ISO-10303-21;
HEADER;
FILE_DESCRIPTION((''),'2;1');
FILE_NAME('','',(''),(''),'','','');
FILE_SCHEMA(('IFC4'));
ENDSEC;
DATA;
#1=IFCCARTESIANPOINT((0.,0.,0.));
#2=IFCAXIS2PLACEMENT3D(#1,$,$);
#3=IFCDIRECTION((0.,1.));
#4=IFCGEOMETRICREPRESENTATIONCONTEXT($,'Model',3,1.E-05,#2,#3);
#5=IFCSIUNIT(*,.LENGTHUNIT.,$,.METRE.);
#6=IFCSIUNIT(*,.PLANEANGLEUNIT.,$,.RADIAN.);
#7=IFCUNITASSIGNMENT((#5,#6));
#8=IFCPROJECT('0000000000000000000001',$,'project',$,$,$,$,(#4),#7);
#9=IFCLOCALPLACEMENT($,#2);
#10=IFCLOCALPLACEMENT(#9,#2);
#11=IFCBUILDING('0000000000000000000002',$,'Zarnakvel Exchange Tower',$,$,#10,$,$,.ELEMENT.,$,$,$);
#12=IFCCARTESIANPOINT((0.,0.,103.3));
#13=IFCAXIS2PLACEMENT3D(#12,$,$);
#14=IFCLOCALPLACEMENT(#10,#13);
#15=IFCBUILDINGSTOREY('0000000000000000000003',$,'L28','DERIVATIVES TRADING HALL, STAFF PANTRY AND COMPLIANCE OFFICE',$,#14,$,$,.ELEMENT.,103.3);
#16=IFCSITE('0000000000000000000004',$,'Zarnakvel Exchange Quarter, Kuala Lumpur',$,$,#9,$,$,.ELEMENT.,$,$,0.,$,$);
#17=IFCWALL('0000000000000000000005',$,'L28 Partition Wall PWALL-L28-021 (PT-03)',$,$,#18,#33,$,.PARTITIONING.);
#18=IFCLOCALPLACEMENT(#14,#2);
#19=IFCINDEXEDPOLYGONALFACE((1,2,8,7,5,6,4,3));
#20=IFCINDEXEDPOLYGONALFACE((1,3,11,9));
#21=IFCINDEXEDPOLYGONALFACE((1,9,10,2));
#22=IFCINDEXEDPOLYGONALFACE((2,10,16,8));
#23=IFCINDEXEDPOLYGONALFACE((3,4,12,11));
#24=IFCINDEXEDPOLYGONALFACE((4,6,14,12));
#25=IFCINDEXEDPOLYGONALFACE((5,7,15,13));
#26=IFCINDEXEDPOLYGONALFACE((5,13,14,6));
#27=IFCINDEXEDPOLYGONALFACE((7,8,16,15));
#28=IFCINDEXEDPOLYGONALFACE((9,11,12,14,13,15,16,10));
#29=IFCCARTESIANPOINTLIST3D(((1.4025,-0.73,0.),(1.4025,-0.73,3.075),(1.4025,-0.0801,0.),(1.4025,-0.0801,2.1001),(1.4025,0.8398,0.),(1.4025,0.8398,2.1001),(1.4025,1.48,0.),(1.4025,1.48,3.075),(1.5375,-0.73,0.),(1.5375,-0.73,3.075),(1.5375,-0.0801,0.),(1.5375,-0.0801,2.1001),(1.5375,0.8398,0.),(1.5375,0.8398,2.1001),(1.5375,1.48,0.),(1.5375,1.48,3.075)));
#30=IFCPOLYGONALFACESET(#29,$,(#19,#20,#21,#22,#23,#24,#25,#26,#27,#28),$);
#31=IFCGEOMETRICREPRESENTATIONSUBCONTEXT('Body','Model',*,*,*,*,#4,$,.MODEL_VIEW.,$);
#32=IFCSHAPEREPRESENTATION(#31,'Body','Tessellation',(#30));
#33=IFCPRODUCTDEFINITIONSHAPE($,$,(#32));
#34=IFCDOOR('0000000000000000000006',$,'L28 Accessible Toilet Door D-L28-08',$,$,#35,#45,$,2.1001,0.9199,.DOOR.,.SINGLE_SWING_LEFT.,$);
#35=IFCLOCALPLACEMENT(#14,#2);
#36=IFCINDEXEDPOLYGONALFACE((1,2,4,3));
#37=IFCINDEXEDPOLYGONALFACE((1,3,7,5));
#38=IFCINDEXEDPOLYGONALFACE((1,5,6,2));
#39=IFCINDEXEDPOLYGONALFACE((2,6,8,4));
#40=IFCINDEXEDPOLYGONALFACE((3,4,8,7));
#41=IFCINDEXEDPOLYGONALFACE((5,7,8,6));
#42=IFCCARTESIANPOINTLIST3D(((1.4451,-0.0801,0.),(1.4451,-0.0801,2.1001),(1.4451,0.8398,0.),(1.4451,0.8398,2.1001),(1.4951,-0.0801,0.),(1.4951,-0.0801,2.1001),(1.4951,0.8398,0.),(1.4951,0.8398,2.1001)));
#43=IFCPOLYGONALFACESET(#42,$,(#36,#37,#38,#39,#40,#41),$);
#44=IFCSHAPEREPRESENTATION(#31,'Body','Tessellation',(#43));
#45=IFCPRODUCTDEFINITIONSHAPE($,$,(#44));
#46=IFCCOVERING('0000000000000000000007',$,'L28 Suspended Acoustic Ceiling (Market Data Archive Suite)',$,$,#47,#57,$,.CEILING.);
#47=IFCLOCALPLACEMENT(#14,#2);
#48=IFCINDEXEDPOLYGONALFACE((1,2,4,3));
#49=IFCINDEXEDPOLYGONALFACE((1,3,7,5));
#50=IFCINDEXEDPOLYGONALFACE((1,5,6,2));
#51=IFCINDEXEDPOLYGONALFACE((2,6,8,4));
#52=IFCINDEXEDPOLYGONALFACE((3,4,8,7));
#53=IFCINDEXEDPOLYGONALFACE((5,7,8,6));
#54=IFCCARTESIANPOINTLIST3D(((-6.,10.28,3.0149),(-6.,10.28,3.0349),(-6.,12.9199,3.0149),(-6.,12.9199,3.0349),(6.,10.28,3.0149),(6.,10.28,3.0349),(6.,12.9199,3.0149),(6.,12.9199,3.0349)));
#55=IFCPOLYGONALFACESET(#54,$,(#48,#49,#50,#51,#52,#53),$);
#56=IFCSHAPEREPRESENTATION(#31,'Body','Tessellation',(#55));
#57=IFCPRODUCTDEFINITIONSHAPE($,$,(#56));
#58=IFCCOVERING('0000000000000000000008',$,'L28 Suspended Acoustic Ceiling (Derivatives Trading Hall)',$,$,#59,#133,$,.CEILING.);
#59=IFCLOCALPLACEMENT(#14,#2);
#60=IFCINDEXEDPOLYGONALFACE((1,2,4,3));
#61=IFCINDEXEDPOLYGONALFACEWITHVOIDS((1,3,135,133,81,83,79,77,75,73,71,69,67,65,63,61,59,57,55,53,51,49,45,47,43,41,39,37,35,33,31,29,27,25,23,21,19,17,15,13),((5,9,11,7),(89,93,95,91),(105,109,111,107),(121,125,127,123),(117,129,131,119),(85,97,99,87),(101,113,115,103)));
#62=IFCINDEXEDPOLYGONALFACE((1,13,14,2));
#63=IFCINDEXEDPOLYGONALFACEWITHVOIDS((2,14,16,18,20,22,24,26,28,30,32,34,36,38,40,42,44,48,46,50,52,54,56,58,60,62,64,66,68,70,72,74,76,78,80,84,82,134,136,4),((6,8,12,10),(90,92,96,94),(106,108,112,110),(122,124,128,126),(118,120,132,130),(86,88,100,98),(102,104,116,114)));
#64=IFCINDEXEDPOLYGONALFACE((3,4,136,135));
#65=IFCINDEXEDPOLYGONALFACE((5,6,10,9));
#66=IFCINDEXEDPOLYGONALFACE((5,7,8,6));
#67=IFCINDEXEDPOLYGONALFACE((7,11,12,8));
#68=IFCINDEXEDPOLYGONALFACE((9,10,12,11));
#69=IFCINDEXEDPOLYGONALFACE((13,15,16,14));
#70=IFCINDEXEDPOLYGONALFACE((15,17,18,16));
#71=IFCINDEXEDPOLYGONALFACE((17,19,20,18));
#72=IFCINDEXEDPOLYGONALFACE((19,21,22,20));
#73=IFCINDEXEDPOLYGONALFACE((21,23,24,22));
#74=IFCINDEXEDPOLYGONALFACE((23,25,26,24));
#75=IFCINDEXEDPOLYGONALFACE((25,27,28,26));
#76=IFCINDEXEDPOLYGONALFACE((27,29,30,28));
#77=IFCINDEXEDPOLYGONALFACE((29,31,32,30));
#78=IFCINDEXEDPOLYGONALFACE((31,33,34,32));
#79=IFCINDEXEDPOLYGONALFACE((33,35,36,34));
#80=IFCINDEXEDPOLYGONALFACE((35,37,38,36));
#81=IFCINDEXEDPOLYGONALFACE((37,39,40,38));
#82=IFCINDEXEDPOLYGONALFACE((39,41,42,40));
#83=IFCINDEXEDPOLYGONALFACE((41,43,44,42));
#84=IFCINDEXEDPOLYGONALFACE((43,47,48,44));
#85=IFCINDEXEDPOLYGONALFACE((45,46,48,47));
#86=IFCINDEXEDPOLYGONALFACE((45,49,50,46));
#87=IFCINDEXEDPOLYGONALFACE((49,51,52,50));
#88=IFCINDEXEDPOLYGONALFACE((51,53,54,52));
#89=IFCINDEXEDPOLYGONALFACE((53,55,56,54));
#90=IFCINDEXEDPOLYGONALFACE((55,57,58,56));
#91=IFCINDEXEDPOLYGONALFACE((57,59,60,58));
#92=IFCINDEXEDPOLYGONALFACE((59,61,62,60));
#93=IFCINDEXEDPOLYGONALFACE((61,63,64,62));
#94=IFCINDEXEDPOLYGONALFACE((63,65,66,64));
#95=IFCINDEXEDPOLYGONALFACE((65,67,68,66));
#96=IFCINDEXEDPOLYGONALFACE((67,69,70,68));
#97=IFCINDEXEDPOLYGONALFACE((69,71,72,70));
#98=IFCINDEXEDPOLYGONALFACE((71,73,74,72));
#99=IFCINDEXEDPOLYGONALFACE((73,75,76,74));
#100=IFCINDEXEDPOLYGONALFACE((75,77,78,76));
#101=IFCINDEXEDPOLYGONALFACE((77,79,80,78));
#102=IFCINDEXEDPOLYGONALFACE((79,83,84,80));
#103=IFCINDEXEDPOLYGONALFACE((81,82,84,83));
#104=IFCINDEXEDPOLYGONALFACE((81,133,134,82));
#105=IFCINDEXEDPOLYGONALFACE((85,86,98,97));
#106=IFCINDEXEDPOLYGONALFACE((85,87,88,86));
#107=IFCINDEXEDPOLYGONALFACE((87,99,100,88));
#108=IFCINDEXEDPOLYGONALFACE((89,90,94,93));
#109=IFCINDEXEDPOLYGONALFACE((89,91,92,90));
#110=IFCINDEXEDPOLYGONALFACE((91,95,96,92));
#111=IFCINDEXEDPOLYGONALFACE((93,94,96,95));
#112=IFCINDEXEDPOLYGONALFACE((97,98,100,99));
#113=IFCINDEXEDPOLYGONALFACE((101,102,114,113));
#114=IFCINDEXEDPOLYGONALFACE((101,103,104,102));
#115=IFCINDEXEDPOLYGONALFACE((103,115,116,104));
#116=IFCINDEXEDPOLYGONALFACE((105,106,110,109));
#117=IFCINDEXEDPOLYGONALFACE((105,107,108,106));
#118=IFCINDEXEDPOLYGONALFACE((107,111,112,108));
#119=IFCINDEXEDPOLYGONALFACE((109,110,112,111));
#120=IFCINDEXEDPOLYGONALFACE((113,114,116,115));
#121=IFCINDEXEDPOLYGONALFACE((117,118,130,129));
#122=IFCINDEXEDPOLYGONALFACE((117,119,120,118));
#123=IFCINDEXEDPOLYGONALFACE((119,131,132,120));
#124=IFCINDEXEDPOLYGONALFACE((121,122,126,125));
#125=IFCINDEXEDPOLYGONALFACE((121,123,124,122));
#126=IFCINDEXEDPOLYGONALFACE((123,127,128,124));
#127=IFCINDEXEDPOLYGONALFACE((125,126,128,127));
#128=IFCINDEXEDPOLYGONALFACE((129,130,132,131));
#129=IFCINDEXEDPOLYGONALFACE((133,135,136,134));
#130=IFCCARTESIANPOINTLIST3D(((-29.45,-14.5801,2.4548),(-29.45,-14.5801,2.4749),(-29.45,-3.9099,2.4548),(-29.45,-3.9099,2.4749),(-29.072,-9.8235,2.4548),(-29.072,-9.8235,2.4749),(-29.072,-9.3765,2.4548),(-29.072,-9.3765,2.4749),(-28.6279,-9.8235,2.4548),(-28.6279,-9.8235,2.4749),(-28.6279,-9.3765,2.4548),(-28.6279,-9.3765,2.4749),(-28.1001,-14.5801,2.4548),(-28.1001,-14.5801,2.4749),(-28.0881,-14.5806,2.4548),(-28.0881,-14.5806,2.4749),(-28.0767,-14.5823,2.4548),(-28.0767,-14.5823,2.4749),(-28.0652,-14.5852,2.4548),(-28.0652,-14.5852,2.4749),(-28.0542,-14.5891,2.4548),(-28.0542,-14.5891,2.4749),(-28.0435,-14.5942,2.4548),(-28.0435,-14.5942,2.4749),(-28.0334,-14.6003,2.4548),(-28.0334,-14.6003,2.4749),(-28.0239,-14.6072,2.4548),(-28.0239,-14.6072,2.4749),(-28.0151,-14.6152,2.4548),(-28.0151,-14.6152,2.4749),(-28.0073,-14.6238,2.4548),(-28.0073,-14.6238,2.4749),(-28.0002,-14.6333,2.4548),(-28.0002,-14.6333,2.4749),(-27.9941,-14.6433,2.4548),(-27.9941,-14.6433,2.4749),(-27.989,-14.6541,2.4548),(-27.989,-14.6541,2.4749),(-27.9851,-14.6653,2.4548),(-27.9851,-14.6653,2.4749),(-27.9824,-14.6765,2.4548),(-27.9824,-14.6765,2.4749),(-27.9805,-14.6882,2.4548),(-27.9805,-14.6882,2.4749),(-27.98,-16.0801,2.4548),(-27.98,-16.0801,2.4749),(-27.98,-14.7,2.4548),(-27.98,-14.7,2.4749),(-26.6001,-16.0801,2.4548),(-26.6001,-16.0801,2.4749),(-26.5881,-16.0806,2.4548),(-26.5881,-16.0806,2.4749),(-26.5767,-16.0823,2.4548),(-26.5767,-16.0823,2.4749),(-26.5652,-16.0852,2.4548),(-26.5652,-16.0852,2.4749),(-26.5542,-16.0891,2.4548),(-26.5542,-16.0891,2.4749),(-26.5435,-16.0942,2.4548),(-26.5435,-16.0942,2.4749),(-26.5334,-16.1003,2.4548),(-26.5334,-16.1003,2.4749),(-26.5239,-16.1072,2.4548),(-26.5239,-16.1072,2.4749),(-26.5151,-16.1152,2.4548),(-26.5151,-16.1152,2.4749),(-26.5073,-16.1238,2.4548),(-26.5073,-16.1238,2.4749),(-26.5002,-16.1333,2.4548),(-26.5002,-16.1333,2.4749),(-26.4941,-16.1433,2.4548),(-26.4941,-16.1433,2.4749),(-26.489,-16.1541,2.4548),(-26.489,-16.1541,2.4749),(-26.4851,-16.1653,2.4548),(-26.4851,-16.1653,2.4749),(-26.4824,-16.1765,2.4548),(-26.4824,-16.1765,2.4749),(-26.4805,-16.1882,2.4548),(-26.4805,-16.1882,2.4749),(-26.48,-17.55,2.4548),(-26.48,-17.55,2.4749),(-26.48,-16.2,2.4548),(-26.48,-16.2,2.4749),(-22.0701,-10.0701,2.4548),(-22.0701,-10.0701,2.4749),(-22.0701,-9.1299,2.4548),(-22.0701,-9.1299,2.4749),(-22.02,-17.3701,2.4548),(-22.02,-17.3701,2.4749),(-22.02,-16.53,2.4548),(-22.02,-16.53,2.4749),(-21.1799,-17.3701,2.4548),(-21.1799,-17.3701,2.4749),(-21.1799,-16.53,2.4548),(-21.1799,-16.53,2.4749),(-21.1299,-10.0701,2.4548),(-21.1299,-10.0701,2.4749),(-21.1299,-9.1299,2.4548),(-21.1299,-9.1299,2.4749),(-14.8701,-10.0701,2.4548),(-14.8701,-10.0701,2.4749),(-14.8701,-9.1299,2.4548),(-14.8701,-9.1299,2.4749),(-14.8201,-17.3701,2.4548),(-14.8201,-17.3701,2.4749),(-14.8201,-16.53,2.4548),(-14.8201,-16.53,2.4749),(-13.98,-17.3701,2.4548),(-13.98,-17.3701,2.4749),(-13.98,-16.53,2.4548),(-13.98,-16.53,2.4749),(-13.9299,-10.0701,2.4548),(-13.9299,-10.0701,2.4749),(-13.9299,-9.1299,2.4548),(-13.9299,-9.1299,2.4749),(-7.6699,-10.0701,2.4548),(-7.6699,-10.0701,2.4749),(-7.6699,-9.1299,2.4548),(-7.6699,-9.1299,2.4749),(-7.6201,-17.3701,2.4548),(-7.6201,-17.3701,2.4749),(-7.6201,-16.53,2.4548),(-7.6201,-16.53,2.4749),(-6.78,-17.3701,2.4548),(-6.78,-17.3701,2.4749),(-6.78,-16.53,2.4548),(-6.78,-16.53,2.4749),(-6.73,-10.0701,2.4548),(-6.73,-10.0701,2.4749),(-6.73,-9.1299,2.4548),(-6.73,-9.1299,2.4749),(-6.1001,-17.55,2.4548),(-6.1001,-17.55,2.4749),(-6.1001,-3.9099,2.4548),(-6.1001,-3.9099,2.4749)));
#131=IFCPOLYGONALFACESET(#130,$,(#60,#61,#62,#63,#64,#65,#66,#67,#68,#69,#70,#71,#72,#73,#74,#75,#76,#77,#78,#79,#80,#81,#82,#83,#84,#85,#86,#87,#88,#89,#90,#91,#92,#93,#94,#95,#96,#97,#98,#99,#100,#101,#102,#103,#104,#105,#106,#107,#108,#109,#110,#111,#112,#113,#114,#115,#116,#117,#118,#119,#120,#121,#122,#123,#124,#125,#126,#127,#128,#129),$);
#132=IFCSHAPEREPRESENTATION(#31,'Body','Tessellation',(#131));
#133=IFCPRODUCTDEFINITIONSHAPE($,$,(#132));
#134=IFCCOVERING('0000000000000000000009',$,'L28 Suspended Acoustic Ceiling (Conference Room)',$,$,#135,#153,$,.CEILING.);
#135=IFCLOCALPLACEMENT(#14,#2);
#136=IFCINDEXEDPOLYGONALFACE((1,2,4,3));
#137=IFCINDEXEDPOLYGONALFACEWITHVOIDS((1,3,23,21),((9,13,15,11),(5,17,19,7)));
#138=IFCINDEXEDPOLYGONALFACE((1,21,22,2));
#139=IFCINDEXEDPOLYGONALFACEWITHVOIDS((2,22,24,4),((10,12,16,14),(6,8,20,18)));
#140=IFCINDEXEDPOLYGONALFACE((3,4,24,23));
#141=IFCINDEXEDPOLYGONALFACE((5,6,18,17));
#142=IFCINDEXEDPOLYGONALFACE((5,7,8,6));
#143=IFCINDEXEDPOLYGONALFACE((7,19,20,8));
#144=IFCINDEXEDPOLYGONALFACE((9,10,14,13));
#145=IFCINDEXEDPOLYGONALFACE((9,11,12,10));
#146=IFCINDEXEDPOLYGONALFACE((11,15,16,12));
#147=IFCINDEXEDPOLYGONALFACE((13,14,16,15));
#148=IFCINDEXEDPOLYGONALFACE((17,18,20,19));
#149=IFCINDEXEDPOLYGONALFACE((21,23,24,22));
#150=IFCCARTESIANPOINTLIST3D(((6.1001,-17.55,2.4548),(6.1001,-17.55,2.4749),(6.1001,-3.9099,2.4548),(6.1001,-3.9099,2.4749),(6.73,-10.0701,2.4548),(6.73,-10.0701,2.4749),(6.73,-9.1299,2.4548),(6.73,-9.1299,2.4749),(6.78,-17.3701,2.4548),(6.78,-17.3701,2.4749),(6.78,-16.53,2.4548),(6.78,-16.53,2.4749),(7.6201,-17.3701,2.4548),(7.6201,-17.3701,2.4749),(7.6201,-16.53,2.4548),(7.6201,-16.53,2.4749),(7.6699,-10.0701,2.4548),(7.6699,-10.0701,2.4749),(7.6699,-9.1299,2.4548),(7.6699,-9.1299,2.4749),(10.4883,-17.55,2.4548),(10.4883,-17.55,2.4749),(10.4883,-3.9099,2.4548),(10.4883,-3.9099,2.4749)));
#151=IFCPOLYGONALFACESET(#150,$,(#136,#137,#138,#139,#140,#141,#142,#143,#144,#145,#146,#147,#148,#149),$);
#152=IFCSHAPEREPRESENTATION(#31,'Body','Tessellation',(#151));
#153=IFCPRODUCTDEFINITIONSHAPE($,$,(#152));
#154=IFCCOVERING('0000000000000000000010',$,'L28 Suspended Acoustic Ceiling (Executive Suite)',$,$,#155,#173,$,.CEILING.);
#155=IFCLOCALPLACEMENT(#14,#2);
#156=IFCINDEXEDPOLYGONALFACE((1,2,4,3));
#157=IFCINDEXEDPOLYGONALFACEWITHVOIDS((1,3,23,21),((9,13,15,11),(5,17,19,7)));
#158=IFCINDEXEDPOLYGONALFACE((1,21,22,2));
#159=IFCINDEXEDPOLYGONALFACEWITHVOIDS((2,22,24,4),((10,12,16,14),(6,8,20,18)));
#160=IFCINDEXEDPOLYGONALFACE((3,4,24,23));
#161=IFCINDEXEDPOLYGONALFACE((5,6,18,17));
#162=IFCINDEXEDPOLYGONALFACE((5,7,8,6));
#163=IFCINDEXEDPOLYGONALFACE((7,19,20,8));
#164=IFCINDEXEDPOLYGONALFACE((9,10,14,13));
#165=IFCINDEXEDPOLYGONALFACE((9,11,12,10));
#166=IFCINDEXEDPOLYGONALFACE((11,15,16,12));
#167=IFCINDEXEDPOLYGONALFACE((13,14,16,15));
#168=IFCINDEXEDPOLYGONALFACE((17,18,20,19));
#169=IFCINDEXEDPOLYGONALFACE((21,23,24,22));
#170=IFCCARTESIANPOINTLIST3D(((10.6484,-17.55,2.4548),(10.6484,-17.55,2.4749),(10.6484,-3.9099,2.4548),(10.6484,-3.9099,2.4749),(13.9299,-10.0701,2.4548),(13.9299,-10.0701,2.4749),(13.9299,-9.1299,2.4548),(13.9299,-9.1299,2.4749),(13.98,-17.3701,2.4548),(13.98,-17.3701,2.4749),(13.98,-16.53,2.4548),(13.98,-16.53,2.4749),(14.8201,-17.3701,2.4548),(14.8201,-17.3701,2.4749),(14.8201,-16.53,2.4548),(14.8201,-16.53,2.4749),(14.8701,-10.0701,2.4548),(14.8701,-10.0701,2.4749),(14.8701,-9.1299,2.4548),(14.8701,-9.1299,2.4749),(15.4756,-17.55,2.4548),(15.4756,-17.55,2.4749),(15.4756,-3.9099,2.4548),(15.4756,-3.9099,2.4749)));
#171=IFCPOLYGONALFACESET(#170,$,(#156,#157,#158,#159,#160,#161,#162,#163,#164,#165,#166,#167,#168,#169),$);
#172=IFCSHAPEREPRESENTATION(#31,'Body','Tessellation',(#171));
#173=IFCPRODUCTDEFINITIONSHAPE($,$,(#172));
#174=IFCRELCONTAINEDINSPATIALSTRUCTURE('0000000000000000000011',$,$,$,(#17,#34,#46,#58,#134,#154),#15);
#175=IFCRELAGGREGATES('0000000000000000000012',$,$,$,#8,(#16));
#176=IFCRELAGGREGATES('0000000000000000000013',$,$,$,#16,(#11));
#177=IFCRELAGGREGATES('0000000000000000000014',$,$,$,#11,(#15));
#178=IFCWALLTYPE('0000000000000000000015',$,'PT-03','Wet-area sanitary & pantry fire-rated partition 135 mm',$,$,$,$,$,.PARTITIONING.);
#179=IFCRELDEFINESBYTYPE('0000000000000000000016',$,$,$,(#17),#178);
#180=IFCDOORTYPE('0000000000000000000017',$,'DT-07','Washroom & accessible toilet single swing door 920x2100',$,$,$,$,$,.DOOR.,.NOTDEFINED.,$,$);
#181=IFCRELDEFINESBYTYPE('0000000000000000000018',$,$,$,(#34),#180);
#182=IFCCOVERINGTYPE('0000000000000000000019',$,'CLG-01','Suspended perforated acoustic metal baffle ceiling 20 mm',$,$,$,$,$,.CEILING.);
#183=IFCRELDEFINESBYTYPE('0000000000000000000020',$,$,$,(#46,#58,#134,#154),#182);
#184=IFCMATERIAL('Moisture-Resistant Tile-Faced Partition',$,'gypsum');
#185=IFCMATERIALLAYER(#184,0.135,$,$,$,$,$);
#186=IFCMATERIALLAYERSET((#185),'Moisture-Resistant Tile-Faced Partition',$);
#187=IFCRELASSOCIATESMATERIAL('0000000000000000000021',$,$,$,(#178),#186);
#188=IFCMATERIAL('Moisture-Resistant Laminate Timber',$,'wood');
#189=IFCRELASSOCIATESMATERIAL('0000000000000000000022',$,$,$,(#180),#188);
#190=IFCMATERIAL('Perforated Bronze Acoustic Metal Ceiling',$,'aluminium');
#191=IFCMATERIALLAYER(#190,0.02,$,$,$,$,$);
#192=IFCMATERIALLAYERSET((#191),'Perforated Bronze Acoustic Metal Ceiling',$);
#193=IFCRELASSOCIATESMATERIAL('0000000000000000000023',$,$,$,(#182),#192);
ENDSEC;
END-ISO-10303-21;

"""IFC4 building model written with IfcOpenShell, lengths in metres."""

from ifc_helpers import new_model, si_unit, direction, frame, frame_2d, origin, place, context, subcontext, project, spatial, polyline, rectangle, outline, extrude, source, transform, mapped, material, layer, layer_set, type_object, element, fill, save


model = new_model("IFC4")

# Units and contexts
model_context = context("Model", 3, precision=1e-05, world=origin(), true_north=direction((0.0, 1.0)))
body_context = subcontext(model_context, "Body", "Model", "MODEL_VIEW")
ifc_project = project(units=[si_unit("LENGTHUNIT", "METRE"), si_unit("PLANEANGLEUNIT", "RADIAN")], contexts=[model_context])

# Site, building, storey
site_placement = place(None, origin())
site = spatial("IfcSite", under=ifc_project, at=site_placement, Name="Zarnakvel Exchange Quarter, Kuala Lumpur", CompositionType="ELEMENT", RefElevation=0.0)
building_placement = place(site_placement, origin())
building = spatial("IfcBuilding", under=site, at=building_placement, Name="Zarnakvel Exchange Tower", CompositionType="ELEMENT")
storey_placement = place(building_placement, frame((0.0, 0.0, 103.3)))
storey = spatial("IfcBuildingStorey", under=building, at=storey_placement, Name="L28", Description="DERIVATIVES TRADING HALL, STAFF PANTRY AND COMPLIANCE OFFICE", CompositionType="ELEMENT", Elevation=103.3)

# Shared definitions
ifc_material_1 = material(Name="Moisture-Resistant Tile-Faced Partition", Category="gypsum")
ifc_layer_1 = layer(ifc_material_1, 0.135)
ifc_layer_set_1 = layer_set([ifc_layer_1], Name="Moisture-Resistant Tile-Faced Partition")
wall_type_1 = type_object("IfcWallType", Name="PT-03", Description="Wet-area sanitary & pantry fire-rated partition 135 mm", PredefinedType="PARTITIONING", material=ifc_layer_set_1)

# Wall, opening, door
wall_1_placement = place(storey_placement, frame((1.47, -0.73, 0.0), z_axis=(0.0, 0.0, 1.0), x_axis=(0.0, 1.0, 0.0)))
wall_1 = element("IfcWall", 1, at=wall_1_placement, inside=storey, type_object=wall_type_1, Name="L28 Partition Wall PWALL-L28-021 (PT-03)", PredefinedType="PARTITIONING", context=body_context, shape_type="SweptSolid", body=[
    extrude(rectangle(XDim=2.21, YDim=0.135, at=frame_2d((1.105, 0.0))), origin(), (0.0, 0.0, 1.0), 3.075),
])
opening_1_placement = place(wall_1_placement, frame((0.6499, 0.0, 0.0)))
opening_1 = element("IfcOpeningElement", 2, at=opening_1_placement, cuts=wall_1, PredefinedType="OPENING", context=body_context, shape_type="SweptSolid", body=[
    extrude(rectangle(XDim=0.9199, YDim=2.1001, at=frame_2d((0.46, 1.05))), frame((0.0, 0.0774, 0.0), z_axis=(0.0, -1.0, 0.0), x_axis=(1.0, 0.0, 0.0)), (0.0, 0.0, 1.0), 0.155),
])
ifc_material_2 = material(Name="Moisture-Resistant Laminate Timber", Category="wood")
door_type_1 = type_object("IfcDoorType", Name="DT-07", Description="Washroom & accessible toilet single swing door 920x2100", OperationType="NOTDEFINED", PredefinedType="DOOR", material=ifc_material_2)
shared_shape_1 = source(origin(), body_context, "Body", "SweptSolid", [
    extrude(rectangle(XDim=0.9199, YDim=2.1001, at=frame_2d((0.46, 1.05))), frame((0.0, 0.0249, 0.0), z_axis=(0.0, -1.0, 0.0), x_axis=(1.0, 0.0, 0.0)), (0.0, 0.0, 1.0), 0.05),
])
door_1_placement = place(opening_1_placement, origin())
door_1 = element("IfcDoor", 3, at=door_1_placement, inside=storey, type_object=door_type_1, Name="L28 Accessible Toilet Door D-L28-08", OperationType="SINGLE_SWING_LEFT", OverallHeight=2.1001, OverallWidth=0.9199, PredefinedType="DOOR", context=body_context, shape_type="MappedRepresentation", body=[
    mapped(shared_shape_1, transform((0.0, 0.0, 0.0), x_axis=(1.0, 0.0, 0.0), y_axis=(0.0, 1.0, 0.0), z_axis=(0.0, 0.0, 1.0), scale=1.0)),
])
fill(opening_1, door_1)

# Coverings
ifc_material_3 = material(Name="Perforated Bronze Acoustic Metal Ceiling", Category="aluminium")
ifc_layer_2 = layer(ifc_material_3, 0.02)
ifc_layer_set_2 = layer_set([ifc_layer_2], Name="Perforated Bronze Acoustic Metal Ceiling")
covering_type_1 = type_object("IfcCoveringType", Name="CLG-01", Description="Suspended perforated acoustic metal baffle ceiling 20 mm", PredefinedType="CEILING", material=ifc_layer_set_2)
covering_1_placement = place(storey_placement, frame((0.0, 0.0, 3.0149)))
element("IfcCovering", 4, at=covering_1_placement, inside=storey, type_object=covering_type_1, Name="L28 Suspended Acoustic Ceiling (Market Data Archive Suite)", PredefinedType="CEILING", context=body_context, shape_type="SweptSolid", body=[
    extrude(outline(polyline([(-6.0, 12.9199), (6.0, 12.9199), (6.0, 10.28), (-6.0, 10.28), (-6.0, 12.9199)])), origin(), (0.0, 0.0, 1.0), 0.02),
])
covering_2_placement = place(storey_placement, frame((0.0, 0.0, 2.4548)))
element("IfcCovering", 5, at=covering_2_placement, inside=storey, type_object=covering_type_1, Name="L28 Suspended Acoustic Ceiling (Derivatives Trading Hall)", PredefinedType="CEILING", context=body_context, shape_type="SweptSolid", body=[
    extrude(outline(polyline([(-6.1001, -3.9099), (-6.1001, -17.55), (-26.48, -17.55), (-26.48, -16.2), (-26.4805, -16.1882), (-26.4824, -16.1765), (-26.4851, -16.1653), (-26.489, -16.1541), (-26.4941, -16.1433), (-26.5002, -16.1333), (-26.5073, -16.1238), (-26.5151, -16.1152), (-26.5239, -16.1072), (-26.5334, -16.1003), (-26.5435, -16.0942), (-26.5542, -16.0891), (-26.5652, -16.0852), (-26.5767, -16.0823), (-26.5881, -16.0806), (-26.6001, -16.0801), (-27.98, -16.0801), (-27.98, -14.7), (-27.9805, -14.6882), (-27.9824, -14.6765), (-27.9851, -14.6653), (-27.989, -14.6541), (-27.9941, -14.6433), (-28.0002, -14.6333), (-28.0073, -14.6238), (-28.0151, -14.6152), (-28.0239, -14.6072), (-28.0334, -14.6003), (-28.0435, -14.5942), (-28.0542, -14.5891), (-28.0652, -14.5852), (-28.0767, -14.5823), (-28.0881, -14.5806), (-28.1001, -14.5801), (-29.45, -14.5801), (-29.45, -3.9099), (-6.1001, -3.9099)]), holes=[polyline([(-7.6699, -10.0701), (-6.73, -10.0701), (-6.73, -9.1299), (-7.6699, -9.1299), (-7.6699, -10.0701)]), polyline([(-6.78, -17.3701), (-6.78, -16.53), (-7.6201, -16.53), (-7.6201, -17.3701), (-6.78, -17.3701)]), polyline([(-13.9299, -10.0701), (-13.9299, -9.1299), (-14.8701, -9.1299), (-14.8701, -10.0701), (-13.9299, -10.0701)]), polyline([(-13.98, -17.3701), (-13.98, -16.53), (-14.8201, -16.53), (-14.8201, -17.3701), (-13.98, -17.3701)]), polyline([(-21.1299, -10.0701), (-21.1299, -9.1299), (-22.0701, -9.1299), (-22.0701, -10.0701), (-21.1299, -10.0701)]), polyline([(-21.1799, -17.3701), (-21.1799, -16.53), (-22.02, -16.53), (-22.02, -17.3701), (-21.1799, -17.3701)]), polyline([(-29.072, -9.8235), (-28.6279, -9.8235), (-28.6279, -9.3765), (-29.072, -9.3765), (-29.072, -9.8235)])]), origin(), (0.0, 0.0, 1.0), 0.02),
])
covering_3_placement = place(storey_placement, frame((0.0, 0.0, 2.4548)))
element("IfcCovering", 6, at=covering_3_placement, inside=storey, type_object=covering_type_1, Name="L28 Suspended Acoustic Ceiling (Conference Room)", PredefinedType="CEILING", context=body_context, shape_type="SweptSolid", body=[
    extrude(outline(polyline([(6.1001, -3.9099), (10.4883, -3.9099), (10.4883, -17.55), (6.1001, -17.55), (6.1001, -3.9099)]), holes=[polyline([(6.73, -10.0701), (7.6699, -10.0701), (7.6699, -9.1299), (6.73, -9.1299), (6.73, -10.0701)]), polyline([(7.6201, -17.3701), (7.6201, -16.53), (6.78, -16.53), (6.78, -17.3701), (7.6201, -17.3701)])]), origin(), (0.0, 0.0, 1.0), 0.02),
])
covering_4_placement = place(storey_placement, frame((0.0, 0.0, 2.4548)))
element("IfcCovering", 7, at=covering_4_placement, inside=storey, type_object=covering_type_1, Name="L28 Suspended Acoustic Ceiling (Executive Suite)", PredefinedType="CEILING", context=body_context, shape_type="SweptSolid", body=[
    extrude(outline(polyline([(10.6484, -3.9099), (15.4756, -3.9099), (15.4756, -17.55), (10.6484, -17.55), (10.6484, -3.9099)]), holes=[polyline([(13.9299, -10.0701), (14.8701, -10.0701), (14.8701, -9.1299), (13.9299, -9.1299), (13.9299, -10.0701)]), polyline([(14.8201, -17.3701), (14.8201, -16.53), (13.98, -16.53), (13.98, -17.3701), (14.8201, -17.3701)])]), origin(), (0.0, 0.0, 1.0), 0.02),
])

save(model, "model.ifc")
